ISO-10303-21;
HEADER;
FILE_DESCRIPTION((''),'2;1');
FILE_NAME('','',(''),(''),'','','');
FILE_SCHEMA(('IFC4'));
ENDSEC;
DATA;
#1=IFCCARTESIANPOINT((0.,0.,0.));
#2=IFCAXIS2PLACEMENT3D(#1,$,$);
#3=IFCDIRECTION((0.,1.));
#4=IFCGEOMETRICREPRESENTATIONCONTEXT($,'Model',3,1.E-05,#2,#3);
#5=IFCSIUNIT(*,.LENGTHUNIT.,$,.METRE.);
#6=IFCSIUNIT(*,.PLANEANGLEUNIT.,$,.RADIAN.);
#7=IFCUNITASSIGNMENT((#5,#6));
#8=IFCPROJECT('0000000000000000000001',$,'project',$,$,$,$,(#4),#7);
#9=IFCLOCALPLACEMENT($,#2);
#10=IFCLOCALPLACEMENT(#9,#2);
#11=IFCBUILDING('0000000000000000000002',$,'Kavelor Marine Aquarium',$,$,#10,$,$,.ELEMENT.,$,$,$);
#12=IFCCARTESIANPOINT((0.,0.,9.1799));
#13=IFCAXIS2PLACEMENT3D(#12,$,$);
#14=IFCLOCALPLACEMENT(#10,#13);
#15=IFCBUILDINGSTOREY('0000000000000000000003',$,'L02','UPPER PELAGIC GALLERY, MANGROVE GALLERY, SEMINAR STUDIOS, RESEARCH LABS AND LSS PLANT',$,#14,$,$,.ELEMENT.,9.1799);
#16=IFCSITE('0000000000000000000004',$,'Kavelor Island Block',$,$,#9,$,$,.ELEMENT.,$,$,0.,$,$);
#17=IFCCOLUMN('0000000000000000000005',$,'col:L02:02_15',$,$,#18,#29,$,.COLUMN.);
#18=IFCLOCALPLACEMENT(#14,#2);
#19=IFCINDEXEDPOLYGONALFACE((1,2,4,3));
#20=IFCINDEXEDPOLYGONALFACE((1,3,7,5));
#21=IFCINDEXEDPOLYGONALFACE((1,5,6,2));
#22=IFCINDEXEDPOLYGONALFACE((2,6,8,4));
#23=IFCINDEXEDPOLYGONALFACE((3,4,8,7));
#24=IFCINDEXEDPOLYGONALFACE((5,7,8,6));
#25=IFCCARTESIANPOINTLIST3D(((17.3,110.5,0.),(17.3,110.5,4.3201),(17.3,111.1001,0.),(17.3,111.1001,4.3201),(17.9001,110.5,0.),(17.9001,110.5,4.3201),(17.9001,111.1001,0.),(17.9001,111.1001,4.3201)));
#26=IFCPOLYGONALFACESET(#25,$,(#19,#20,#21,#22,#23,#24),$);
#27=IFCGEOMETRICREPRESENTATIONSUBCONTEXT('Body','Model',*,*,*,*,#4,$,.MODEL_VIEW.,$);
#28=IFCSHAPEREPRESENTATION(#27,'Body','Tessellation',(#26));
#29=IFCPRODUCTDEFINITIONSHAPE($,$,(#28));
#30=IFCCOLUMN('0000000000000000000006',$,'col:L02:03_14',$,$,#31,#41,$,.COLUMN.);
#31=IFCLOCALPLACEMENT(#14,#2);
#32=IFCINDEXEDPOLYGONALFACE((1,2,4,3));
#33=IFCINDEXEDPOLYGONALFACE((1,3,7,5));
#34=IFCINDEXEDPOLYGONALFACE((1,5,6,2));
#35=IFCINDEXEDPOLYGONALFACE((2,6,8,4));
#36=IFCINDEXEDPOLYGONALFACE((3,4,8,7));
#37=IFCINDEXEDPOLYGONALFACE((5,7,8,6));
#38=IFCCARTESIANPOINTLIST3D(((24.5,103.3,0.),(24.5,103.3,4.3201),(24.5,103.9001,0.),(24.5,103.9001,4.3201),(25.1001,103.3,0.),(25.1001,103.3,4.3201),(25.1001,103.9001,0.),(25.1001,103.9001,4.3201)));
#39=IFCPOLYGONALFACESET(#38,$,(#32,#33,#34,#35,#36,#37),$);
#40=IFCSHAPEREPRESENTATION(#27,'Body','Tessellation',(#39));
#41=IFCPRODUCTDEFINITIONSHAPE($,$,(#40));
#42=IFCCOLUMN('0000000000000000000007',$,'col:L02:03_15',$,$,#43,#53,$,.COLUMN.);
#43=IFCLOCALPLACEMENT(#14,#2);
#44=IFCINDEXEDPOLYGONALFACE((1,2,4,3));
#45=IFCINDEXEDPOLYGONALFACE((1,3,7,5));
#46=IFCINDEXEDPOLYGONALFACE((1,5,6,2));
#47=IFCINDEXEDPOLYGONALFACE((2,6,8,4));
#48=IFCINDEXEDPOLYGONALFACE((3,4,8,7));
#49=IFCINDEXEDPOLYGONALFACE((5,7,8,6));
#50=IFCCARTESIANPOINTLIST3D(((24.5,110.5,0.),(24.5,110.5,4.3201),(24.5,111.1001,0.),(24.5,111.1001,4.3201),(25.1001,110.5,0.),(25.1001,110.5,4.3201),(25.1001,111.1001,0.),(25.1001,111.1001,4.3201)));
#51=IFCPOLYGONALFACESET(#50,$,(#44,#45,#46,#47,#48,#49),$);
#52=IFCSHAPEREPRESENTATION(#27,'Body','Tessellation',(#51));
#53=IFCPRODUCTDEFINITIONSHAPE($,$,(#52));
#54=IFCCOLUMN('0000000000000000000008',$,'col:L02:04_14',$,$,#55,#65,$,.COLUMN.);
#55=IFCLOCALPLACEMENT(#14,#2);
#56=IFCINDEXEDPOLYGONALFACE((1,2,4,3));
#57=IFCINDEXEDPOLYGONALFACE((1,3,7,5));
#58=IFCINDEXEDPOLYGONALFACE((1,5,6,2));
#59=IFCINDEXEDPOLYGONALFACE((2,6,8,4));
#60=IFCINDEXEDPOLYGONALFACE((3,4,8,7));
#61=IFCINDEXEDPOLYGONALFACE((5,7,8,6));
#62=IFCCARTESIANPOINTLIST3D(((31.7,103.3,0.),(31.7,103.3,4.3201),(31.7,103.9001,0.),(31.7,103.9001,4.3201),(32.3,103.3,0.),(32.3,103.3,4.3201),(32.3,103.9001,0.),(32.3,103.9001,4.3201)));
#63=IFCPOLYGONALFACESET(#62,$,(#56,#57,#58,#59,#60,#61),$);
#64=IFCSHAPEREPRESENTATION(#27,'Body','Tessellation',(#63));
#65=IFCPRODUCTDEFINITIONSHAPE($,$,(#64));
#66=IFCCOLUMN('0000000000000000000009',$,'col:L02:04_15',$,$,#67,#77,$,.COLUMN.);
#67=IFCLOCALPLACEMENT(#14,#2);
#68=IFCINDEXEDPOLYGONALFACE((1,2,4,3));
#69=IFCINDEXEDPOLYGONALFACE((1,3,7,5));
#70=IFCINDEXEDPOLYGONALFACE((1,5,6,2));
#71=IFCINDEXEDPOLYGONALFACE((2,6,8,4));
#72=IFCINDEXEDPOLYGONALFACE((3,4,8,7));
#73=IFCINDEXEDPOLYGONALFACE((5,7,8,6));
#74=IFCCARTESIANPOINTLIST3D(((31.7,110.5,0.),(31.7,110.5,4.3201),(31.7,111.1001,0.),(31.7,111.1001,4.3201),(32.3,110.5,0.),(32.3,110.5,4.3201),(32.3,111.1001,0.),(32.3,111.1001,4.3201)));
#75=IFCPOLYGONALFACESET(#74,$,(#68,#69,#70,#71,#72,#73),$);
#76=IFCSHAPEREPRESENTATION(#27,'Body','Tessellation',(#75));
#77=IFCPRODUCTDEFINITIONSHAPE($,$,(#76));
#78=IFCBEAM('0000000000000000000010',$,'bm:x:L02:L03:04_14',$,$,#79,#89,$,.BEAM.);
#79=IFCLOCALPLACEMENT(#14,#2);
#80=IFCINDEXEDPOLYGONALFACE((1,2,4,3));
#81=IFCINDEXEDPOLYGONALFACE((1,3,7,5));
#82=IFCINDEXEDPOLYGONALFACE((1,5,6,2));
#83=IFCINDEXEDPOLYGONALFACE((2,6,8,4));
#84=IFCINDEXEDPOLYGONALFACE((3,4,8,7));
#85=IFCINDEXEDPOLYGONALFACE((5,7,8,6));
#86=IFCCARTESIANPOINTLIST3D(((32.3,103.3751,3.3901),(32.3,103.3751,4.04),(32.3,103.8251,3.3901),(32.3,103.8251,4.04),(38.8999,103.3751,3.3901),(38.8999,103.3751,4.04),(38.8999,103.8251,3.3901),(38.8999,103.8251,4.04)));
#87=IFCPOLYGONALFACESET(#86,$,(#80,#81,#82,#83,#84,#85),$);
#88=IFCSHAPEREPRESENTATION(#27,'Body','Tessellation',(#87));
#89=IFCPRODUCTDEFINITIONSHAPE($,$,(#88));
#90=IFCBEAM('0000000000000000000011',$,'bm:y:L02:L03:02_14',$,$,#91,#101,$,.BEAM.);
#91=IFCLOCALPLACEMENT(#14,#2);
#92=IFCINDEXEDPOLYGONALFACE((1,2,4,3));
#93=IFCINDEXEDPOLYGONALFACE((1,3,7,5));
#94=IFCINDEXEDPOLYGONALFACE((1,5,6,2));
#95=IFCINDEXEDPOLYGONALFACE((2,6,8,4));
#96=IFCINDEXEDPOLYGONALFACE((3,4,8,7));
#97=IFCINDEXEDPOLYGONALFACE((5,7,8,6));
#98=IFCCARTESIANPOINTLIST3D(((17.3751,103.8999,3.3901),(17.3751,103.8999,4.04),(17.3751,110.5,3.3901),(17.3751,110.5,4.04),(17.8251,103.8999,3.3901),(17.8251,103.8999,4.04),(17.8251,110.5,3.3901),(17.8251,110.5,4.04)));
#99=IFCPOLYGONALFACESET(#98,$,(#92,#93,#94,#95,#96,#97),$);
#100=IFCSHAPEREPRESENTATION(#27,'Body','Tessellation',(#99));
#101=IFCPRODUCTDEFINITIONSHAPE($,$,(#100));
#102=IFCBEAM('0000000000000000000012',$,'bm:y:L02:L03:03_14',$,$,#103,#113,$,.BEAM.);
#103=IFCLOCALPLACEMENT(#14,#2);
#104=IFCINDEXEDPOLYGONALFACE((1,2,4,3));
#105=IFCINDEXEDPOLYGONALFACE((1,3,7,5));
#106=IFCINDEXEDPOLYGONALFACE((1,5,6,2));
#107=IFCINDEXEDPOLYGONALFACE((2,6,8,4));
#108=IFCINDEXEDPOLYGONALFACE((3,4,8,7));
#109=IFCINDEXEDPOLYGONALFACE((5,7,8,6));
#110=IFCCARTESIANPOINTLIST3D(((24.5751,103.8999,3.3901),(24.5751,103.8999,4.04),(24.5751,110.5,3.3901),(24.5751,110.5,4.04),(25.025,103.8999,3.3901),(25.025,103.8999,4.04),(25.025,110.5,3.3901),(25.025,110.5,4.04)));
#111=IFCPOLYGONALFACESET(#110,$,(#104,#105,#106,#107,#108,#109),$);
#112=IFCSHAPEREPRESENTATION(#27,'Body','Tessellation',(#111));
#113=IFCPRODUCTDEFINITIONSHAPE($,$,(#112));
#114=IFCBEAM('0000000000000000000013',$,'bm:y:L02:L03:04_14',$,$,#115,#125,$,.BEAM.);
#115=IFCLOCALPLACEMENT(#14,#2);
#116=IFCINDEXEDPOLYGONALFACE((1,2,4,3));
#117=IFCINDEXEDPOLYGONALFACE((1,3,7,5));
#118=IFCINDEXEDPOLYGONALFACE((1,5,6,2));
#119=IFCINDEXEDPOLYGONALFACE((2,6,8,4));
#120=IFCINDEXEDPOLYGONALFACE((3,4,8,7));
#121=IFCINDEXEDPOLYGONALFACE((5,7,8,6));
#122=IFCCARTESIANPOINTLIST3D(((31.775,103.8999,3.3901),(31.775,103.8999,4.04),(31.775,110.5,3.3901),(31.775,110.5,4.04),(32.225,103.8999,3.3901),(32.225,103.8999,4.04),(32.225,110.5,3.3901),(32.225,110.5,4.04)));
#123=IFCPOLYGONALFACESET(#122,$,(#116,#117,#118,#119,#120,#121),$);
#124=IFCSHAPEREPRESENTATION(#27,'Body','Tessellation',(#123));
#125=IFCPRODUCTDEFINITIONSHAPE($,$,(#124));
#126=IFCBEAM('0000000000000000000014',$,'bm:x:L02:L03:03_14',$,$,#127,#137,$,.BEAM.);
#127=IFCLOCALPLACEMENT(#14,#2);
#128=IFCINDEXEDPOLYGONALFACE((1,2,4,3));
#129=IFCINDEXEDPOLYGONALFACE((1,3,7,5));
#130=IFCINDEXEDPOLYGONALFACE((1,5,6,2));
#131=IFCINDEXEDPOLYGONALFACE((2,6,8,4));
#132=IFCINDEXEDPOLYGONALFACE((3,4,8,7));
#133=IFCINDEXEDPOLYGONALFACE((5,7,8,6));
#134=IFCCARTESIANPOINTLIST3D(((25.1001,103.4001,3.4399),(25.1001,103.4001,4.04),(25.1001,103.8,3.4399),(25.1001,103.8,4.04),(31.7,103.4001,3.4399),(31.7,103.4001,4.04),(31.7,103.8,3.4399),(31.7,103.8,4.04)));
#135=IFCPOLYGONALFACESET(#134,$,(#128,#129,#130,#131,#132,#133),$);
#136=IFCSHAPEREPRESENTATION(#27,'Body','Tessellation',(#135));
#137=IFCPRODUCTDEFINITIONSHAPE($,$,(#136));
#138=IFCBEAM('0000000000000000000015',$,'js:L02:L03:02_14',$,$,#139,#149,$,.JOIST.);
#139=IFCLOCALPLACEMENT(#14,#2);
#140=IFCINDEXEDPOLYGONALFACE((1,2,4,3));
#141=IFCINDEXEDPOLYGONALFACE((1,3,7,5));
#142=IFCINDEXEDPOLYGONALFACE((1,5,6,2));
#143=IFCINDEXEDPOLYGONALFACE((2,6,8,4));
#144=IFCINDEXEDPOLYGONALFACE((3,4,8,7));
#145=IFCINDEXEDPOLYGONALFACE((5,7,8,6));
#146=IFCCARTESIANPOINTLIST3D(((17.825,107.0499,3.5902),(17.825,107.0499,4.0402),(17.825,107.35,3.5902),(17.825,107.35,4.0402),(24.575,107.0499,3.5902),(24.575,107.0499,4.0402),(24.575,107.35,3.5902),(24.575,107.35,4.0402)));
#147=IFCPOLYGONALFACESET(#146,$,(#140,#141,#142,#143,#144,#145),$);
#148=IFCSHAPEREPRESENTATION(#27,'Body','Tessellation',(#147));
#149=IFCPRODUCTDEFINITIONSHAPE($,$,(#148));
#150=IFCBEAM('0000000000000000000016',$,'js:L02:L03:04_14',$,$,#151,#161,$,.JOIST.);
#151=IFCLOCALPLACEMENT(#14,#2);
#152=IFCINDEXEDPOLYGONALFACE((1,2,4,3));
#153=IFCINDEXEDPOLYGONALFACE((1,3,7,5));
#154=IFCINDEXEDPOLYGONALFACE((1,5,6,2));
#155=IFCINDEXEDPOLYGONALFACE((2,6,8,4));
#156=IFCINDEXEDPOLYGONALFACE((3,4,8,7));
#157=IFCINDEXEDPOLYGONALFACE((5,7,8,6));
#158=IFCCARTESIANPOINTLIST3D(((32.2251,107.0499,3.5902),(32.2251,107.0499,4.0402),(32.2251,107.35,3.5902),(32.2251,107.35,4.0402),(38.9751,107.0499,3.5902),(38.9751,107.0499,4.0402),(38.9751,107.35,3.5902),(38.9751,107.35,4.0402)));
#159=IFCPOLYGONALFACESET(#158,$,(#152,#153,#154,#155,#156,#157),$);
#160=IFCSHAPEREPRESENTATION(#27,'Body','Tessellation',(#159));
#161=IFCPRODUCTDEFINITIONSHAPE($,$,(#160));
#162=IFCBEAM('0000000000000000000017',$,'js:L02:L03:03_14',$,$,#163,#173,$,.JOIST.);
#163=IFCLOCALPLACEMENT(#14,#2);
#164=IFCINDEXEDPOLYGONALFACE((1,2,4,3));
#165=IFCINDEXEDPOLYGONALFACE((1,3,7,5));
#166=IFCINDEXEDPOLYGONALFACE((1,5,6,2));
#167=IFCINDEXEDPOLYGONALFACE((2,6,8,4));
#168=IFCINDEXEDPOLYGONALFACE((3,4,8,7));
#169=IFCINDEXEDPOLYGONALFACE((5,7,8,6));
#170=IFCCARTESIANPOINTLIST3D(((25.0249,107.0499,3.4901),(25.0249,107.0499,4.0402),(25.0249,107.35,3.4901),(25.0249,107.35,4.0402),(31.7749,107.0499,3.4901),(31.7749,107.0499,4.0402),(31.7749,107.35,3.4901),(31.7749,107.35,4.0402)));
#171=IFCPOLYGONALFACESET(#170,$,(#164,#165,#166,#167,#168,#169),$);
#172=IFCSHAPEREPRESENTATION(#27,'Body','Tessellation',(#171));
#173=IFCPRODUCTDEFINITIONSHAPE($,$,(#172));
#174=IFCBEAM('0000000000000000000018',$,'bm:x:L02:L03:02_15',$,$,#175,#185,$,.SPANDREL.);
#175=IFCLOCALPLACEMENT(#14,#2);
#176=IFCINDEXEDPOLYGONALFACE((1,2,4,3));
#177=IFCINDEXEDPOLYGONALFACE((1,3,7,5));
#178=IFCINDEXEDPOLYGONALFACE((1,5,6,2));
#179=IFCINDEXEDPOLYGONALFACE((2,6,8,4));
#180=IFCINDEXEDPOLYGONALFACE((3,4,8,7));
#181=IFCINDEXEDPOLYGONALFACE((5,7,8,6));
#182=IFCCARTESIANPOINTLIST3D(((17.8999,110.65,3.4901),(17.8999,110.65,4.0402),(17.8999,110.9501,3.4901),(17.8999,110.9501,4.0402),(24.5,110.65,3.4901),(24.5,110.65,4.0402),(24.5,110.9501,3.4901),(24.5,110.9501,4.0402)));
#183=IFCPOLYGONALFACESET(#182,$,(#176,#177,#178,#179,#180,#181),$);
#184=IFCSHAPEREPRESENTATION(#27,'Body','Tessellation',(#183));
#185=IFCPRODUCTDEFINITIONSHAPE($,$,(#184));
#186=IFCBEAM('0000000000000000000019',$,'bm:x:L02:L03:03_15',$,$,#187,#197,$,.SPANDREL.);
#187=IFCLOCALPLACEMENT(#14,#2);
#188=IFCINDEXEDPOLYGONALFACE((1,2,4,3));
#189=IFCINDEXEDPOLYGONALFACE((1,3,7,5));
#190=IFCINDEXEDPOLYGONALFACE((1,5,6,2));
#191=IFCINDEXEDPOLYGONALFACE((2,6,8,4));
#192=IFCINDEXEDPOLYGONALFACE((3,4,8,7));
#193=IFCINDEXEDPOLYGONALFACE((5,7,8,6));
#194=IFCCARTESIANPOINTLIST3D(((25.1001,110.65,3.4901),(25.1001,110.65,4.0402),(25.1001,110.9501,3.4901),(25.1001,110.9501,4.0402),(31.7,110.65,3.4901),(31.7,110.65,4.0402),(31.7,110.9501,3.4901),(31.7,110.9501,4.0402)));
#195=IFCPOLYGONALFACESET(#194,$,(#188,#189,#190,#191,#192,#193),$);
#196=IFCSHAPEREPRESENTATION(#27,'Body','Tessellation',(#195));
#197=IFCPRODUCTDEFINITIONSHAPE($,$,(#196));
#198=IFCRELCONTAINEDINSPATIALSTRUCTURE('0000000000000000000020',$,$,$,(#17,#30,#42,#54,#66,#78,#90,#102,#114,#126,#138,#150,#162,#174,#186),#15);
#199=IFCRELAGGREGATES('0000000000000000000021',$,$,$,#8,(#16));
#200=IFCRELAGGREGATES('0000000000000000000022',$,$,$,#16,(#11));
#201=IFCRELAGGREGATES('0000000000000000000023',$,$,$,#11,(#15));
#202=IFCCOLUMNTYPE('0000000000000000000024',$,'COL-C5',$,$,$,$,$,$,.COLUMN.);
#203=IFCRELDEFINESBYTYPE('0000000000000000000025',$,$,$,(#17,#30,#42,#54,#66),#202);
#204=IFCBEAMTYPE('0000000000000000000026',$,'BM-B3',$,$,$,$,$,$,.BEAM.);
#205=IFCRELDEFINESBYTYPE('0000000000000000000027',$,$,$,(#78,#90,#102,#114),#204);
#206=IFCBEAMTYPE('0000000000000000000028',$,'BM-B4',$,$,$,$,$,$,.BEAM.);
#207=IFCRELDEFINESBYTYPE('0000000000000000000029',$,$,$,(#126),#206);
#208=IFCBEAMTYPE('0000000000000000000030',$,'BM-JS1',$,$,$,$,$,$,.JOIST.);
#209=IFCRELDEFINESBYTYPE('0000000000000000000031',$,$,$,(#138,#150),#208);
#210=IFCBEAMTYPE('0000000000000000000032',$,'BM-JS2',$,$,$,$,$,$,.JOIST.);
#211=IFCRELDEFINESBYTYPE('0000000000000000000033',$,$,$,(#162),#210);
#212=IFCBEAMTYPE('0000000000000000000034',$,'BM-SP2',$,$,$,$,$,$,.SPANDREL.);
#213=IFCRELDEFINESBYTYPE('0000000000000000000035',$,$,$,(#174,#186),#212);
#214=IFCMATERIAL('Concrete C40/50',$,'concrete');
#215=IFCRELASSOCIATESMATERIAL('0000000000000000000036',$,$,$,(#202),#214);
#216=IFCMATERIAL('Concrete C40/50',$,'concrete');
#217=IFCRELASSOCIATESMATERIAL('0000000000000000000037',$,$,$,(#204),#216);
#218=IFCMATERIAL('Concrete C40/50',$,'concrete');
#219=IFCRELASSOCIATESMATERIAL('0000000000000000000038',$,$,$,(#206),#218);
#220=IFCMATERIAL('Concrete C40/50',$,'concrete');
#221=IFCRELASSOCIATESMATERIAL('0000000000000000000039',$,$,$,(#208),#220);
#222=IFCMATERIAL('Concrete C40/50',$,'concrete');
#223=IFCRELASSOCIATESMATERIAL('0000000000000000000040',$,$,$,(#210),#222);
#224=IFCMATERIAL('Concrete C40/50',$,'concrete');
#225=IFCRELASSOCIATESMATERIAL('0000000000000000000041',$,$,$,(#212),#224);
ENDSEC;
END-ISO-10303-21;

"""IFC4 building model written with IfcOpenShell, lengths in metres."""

from ifc_helpers import new_model, si_unit, direction, frame, origin, origin_2d, place, context, subcontext, project, spatial, rectangle, extrude, material, material_profile, profile_set, type_object, element, save


model = new_model("IFC4")

# Units and contexts
model_context = context("Model", 3, precision=1e-05, world=origin(), true_north=direction((0.0, 1.0)))
body_context = subcontext(model_context, "Body", "Model", "MODEL_VIEW")
ifc_project = project(units=[si_unit("LENGTHUNIT", "METRE"), si_unit("PLANEANGLEUNIT", "RADIAN")], contexts=[model_context])

# Site, building, storey
site_placement = place(None, origin())
site = spatial("IfcSite", under=ifc_project, at=site_placement, Name="Kavelor Island Block", CompositionType="ELEMENT", RefElevation=0.0)
building_placement = place(site_placement, origin())
building = spatial("IfcBuilding", under=site, at=building_placement, Name="Kavelor Marine Aquarium", CompositionType="ELEMENT")
storey_placement = place(building_placement, frame((0.0, 0.0, 9.1799)))
storey = spatial("IfcBuildingStorey", under=building, at=storey_placement, Name="L02", Description="UPPER PELAGIC GALLERY, MANGROVE GALLERY, SEMINAR STUDIOS, RESEARCH LABS AND LSS PLANT", CompositionType="ELEMENT", Elevation=9.1799)

# Columns
ifc_material_1 = material(Name="Concrete C40/50", Category="concrete")
ifc_material_profile_1 = material_profile(ifc_material_1, rectangle(XDim=0.6001, YDim=0.6001, at=origin_2d()), Name="RC-COL 600x600")
ifc_profile_set_1 = profile_set([ifc_material_profile_1], Name="Concrete C40/50")
column_type = type_object("IfcColumnType", Name="COL-C5", PredefinedType="COLUMN", material=ifc_profile_set_1)
for number, where, z_axis, x_axis, name in (
    (1, (17.6001, 110.8, 0.0), (0.0, 0.0, 1.0), (1.0, 0.0, 0.0), "col:L02:02_15"),
    (2, (24.8, 103.6001, 0.0), (0.0, 0.0, 1.0), (1.0, 0.0, 0.0), "col:L02:03_14"),
    (3, (24.8, 110.8, 0.0), (0.0, 0.0, 1.0), (1.0, 0.0, 0.0), "col:L02:03_15"),
    (4, (32.0, 103.6001, 0.0), (0.0, 0.0, 1.0), (1.0, 0.0, 0.0), "col:L02:04_14"),
    (5, (32.0, 110.8, 0.0), (0.0, 0.0, 1.0), (1.0, 0.0, 0.0), "col:L02:04_15"),
):
    element("IfcColumn", number, at=place(storey_placement, frame(where, z_axis=z_axis, x_axis=x_axis)), inside=storey, type_object=column_type, Name=name, PredefinedType="COLUMN", context=body_context, shape_type="SweptSolid", body=[
        extrude(rectangle(XDim=0.6001, YDim=0.6001, at=origin_2d()), origin(), (0.0, 0.0, 1.0), 4.3201),
    ])

# Beams
ifc_material_2 = material(Name="Concrete C40/50", Category="concrete")
ifc_material_profile_2 = material_profile(ifc_material_2, rectangle(XDim=0.45, YDim=0.6499, at=origin_2d()), Name="RC-BM 450x650")
ifc_profile_set_2 = profile_set([ifc_material_profile_2], Name="Concrete C40/50")
beam_type_1 = type_object("IfcBeamType", Name="BM-B3", PredefinedType="BEAM", material=ifc_profile_set_2)
beam_1_placement = place(storey_placement, frame((32.3, 103.6001, 3.7151), z_axis=(1.0, 0.0, 0.0), x_axis=(0.0, 1.0, 0.0)))
element("IfcBeam", 6, at=beam_1_placement, inside=storey, type_object=beam_type_1, Name="bm:x:L02:L03:04_14", PredefinedType="BEAM", context=body_context, shape_type="SweptSolid", body=[
    extrude(rectangle(XDim=0.45, YDim=0.6499, at=origin_2d()), origin(), (0.0, 0.0, 1.0), 6.5999),
])
for number, where, z_axis, x_axis, name in (
    (7, (17.6001, 103.8999, 3.7151), (0.0, 1.0, 0.0), (-1.0, 0.0, 0.0), "bm:y:L02:L03:02_14"),
    (8, (24.8, 103.8999, 3.7151), (0.0, 1.0, 0.0), (-1.0, 0.0, 0.0), "bm:y:L02:L03:03_14"),
    (9, (32.0, 103.8999, 3.7151), (0.0, 1.0, 0.0), (-1.0, 0.0, 0.0), "bm:y:L02:L03:04_14"),
):
    element("IfcBeam", number, at=place(storey_placement, frame(where, z_axis=z_axis, x_axis=x_axis)), inside=storey, type_object=beam_type_1, Name=name, PredefinedType="BEAM", context=body_context, shape_type="SweptSolid", body=[
        extrude(rectangle(XDim=0.45, YDim=0.6499, at=origin_2d()), origin(), (0.0, 0.0, 1.0), 6.6001),
    ])
ifc_material_3 = material(Name="Concrete C40/50", Category="concrete")
ifc_material_profile_3 = material_profile(ifc_material_3, rectangle(XDim=0.3999, YDim=0.6001, at=origin_2d()), Name="RC-BM 400x600")
ifc_profile_set_3 = profile_set([ifc_material_profile_3], Name="Concrete C40/50")
beam_type_2 = type_object("IfcBeamType", Name="BM-B4", PredefinedType="BEAM", material=ifc_profile_set_3)
beam_2_placement = place(storey_placement, frame((25.1001, 103.6001, 3.74), z_axis=(1.0, 0.0, 0.0), x_axis=(0.0, 1.0, 0.0)))
element("IfcBeam", 10, at=beam_2_placement, inside=storey, type_object=beam_type_2, Name="bm:x:L02:L03:03_14", PredefinedType="BEAM", context=body_context, shape_type="SweptSolid", body=[
    extrude(rectangle(XDim=0.3999, YDim=0.6001, at=origin_2d()), origin(), (0.0, 0.0, 1.0), 6.5999),
])
ifc_material_4 = material(Name="Concrete C40/50", Category="concrete")
ifc_material_profile_4 = material_profile(ifc_material_4, rectangle(XDim=0.3, YDim=0.45, at=origin_2d()), Name="RC-JS 300x450")
ifc_profile_set_4 = profile_set([ifc_material_profile_4], Name="Concrete C40/50")
beam_type_3 = type_object("IfcBeamType", Name="BM-JS1", PredefinedType="JOIST", material=ifc_profile_set_4)
for number, where, z_axis, x_axis, name in (
    (11, (17.825, 107.2, 3.8152), (1.0, 0.0, 0.0), (0.0, 1.0, 0.0), "js:L02:L03:02_14"),
    (12, (32.2251, 107.2, 3.8152), (1.0, 0.0, 0.0), (0.0, 1.0, 0.0), "js:L02:L03:04_14"),
):
    element("IfcBeam", number, at=place(storey_placement, frame(where, z_axis=z_axis, x_axis=x_axis)), inside=storey, type_object=beam_type_3, Name=name, PredefinedType="JOIST", context=body_context, shape_type="SweptSolid", body=[
        extrude(rectangle(XDim=0.3, YDim=0.45, at=origin_2d()), origin(), (0.0, 0.0, 1.0), 6.75),
    ])
ifc_material_5 = material(Name="Concrete C40/50", Category="concrete")
ifc_material_profile_5 = material_profile(ifc_material_5, rectangle(XDim=0.3, YDim=0.55, at=origin_2d()), Name="RC-JS 300x550")
ifc_profile_set_5 = profile_set([ifc_material_profile_5], Name="Concrete C40/50")
beam_type_4 = type_object("IfcBeamType", Name="BM-JS2", PredefinedType="JOIST", material=ifc_profile_set_5)
beam_3_placement = place(storey_placement, frame((25.0249, 107.2, 3.7651), z_axis=(1.0, 0.0, 0.0), x_axis=(0.0, 1.0, 0.0)))
element("IfcBeam", 13, at=beam_3_placement, inside=storey, type_object=beam_type_4, Name="js:L02:L03:03_14", PredefinedType="JOIST", context=body_context, shape_type="SweptSolid", body=[
    extrude(rectangle(XDim=0.3, YDim=0.55, at=origin_2d()), origin(), (0.0, 0.0, 1.0), 6.75),
])
ifc_material_6 = material(Name="Concrete C40/50", Category="concrete")
ifc_material_profile_6 = material_profile(ifc_material_6, rectangle(XDim=0.3, YDim=0.55, at=origin_2d()), Name="RC-SP 300x550")
ifc_profile_set_6 = profile_set([ifc_material_profile_6], Name="Concrete C40/50")
beam_type_5 = type_object("IfcBeamType", Name="BM-SP2", PredefinedType="SPANDREL", material=ifc_profile_set_6)
beam_4_placement = place(storey_placement, frame((17.8999, 110.8, 3.7651), z_axis=(1.0, 0.0, 0.0), x_axis=(0.0, 1.0, 0.0)))
element("IfcBeam", 14, at=beam_4_placement, inside=storey, type_object=beam_type_5, Name="bm:x:L02:L03:02_15", PredefinedType="SPANDREL", context=body_context, shape_type="SweptSolid", body=[
    extrude(rectangle(XDim=0.3, YDim=0.55, at=origin_2d()), origin(), (0.0, 0.0, 1.0), 6.6001),
])
for number, where, z_axis, x_axis, name in (
    (15, (25.1001, 110.8, 3.7651), (1.0, 0.0, 0.0), (0.0, 1.0, 0.0), "bm:x:L02:L03:03_15"),
):
    element("IfcBeam", number, at=place(storey_placement, frame(where, z_axis=z_axis, x_axis=x_axis)), inside=storey, type_object=beam_type_5, Name=name, PredefinedType="SPANDREL", context=body_context, shape_type="SweptSolid", body=[
        extrude(rectangle(XDim=0.3, YDim=0.55, at=origin_2d()), origin(), (0.0, 0.0, 1.0), 6.5999),
    ])

save(model, "model.ifc")
